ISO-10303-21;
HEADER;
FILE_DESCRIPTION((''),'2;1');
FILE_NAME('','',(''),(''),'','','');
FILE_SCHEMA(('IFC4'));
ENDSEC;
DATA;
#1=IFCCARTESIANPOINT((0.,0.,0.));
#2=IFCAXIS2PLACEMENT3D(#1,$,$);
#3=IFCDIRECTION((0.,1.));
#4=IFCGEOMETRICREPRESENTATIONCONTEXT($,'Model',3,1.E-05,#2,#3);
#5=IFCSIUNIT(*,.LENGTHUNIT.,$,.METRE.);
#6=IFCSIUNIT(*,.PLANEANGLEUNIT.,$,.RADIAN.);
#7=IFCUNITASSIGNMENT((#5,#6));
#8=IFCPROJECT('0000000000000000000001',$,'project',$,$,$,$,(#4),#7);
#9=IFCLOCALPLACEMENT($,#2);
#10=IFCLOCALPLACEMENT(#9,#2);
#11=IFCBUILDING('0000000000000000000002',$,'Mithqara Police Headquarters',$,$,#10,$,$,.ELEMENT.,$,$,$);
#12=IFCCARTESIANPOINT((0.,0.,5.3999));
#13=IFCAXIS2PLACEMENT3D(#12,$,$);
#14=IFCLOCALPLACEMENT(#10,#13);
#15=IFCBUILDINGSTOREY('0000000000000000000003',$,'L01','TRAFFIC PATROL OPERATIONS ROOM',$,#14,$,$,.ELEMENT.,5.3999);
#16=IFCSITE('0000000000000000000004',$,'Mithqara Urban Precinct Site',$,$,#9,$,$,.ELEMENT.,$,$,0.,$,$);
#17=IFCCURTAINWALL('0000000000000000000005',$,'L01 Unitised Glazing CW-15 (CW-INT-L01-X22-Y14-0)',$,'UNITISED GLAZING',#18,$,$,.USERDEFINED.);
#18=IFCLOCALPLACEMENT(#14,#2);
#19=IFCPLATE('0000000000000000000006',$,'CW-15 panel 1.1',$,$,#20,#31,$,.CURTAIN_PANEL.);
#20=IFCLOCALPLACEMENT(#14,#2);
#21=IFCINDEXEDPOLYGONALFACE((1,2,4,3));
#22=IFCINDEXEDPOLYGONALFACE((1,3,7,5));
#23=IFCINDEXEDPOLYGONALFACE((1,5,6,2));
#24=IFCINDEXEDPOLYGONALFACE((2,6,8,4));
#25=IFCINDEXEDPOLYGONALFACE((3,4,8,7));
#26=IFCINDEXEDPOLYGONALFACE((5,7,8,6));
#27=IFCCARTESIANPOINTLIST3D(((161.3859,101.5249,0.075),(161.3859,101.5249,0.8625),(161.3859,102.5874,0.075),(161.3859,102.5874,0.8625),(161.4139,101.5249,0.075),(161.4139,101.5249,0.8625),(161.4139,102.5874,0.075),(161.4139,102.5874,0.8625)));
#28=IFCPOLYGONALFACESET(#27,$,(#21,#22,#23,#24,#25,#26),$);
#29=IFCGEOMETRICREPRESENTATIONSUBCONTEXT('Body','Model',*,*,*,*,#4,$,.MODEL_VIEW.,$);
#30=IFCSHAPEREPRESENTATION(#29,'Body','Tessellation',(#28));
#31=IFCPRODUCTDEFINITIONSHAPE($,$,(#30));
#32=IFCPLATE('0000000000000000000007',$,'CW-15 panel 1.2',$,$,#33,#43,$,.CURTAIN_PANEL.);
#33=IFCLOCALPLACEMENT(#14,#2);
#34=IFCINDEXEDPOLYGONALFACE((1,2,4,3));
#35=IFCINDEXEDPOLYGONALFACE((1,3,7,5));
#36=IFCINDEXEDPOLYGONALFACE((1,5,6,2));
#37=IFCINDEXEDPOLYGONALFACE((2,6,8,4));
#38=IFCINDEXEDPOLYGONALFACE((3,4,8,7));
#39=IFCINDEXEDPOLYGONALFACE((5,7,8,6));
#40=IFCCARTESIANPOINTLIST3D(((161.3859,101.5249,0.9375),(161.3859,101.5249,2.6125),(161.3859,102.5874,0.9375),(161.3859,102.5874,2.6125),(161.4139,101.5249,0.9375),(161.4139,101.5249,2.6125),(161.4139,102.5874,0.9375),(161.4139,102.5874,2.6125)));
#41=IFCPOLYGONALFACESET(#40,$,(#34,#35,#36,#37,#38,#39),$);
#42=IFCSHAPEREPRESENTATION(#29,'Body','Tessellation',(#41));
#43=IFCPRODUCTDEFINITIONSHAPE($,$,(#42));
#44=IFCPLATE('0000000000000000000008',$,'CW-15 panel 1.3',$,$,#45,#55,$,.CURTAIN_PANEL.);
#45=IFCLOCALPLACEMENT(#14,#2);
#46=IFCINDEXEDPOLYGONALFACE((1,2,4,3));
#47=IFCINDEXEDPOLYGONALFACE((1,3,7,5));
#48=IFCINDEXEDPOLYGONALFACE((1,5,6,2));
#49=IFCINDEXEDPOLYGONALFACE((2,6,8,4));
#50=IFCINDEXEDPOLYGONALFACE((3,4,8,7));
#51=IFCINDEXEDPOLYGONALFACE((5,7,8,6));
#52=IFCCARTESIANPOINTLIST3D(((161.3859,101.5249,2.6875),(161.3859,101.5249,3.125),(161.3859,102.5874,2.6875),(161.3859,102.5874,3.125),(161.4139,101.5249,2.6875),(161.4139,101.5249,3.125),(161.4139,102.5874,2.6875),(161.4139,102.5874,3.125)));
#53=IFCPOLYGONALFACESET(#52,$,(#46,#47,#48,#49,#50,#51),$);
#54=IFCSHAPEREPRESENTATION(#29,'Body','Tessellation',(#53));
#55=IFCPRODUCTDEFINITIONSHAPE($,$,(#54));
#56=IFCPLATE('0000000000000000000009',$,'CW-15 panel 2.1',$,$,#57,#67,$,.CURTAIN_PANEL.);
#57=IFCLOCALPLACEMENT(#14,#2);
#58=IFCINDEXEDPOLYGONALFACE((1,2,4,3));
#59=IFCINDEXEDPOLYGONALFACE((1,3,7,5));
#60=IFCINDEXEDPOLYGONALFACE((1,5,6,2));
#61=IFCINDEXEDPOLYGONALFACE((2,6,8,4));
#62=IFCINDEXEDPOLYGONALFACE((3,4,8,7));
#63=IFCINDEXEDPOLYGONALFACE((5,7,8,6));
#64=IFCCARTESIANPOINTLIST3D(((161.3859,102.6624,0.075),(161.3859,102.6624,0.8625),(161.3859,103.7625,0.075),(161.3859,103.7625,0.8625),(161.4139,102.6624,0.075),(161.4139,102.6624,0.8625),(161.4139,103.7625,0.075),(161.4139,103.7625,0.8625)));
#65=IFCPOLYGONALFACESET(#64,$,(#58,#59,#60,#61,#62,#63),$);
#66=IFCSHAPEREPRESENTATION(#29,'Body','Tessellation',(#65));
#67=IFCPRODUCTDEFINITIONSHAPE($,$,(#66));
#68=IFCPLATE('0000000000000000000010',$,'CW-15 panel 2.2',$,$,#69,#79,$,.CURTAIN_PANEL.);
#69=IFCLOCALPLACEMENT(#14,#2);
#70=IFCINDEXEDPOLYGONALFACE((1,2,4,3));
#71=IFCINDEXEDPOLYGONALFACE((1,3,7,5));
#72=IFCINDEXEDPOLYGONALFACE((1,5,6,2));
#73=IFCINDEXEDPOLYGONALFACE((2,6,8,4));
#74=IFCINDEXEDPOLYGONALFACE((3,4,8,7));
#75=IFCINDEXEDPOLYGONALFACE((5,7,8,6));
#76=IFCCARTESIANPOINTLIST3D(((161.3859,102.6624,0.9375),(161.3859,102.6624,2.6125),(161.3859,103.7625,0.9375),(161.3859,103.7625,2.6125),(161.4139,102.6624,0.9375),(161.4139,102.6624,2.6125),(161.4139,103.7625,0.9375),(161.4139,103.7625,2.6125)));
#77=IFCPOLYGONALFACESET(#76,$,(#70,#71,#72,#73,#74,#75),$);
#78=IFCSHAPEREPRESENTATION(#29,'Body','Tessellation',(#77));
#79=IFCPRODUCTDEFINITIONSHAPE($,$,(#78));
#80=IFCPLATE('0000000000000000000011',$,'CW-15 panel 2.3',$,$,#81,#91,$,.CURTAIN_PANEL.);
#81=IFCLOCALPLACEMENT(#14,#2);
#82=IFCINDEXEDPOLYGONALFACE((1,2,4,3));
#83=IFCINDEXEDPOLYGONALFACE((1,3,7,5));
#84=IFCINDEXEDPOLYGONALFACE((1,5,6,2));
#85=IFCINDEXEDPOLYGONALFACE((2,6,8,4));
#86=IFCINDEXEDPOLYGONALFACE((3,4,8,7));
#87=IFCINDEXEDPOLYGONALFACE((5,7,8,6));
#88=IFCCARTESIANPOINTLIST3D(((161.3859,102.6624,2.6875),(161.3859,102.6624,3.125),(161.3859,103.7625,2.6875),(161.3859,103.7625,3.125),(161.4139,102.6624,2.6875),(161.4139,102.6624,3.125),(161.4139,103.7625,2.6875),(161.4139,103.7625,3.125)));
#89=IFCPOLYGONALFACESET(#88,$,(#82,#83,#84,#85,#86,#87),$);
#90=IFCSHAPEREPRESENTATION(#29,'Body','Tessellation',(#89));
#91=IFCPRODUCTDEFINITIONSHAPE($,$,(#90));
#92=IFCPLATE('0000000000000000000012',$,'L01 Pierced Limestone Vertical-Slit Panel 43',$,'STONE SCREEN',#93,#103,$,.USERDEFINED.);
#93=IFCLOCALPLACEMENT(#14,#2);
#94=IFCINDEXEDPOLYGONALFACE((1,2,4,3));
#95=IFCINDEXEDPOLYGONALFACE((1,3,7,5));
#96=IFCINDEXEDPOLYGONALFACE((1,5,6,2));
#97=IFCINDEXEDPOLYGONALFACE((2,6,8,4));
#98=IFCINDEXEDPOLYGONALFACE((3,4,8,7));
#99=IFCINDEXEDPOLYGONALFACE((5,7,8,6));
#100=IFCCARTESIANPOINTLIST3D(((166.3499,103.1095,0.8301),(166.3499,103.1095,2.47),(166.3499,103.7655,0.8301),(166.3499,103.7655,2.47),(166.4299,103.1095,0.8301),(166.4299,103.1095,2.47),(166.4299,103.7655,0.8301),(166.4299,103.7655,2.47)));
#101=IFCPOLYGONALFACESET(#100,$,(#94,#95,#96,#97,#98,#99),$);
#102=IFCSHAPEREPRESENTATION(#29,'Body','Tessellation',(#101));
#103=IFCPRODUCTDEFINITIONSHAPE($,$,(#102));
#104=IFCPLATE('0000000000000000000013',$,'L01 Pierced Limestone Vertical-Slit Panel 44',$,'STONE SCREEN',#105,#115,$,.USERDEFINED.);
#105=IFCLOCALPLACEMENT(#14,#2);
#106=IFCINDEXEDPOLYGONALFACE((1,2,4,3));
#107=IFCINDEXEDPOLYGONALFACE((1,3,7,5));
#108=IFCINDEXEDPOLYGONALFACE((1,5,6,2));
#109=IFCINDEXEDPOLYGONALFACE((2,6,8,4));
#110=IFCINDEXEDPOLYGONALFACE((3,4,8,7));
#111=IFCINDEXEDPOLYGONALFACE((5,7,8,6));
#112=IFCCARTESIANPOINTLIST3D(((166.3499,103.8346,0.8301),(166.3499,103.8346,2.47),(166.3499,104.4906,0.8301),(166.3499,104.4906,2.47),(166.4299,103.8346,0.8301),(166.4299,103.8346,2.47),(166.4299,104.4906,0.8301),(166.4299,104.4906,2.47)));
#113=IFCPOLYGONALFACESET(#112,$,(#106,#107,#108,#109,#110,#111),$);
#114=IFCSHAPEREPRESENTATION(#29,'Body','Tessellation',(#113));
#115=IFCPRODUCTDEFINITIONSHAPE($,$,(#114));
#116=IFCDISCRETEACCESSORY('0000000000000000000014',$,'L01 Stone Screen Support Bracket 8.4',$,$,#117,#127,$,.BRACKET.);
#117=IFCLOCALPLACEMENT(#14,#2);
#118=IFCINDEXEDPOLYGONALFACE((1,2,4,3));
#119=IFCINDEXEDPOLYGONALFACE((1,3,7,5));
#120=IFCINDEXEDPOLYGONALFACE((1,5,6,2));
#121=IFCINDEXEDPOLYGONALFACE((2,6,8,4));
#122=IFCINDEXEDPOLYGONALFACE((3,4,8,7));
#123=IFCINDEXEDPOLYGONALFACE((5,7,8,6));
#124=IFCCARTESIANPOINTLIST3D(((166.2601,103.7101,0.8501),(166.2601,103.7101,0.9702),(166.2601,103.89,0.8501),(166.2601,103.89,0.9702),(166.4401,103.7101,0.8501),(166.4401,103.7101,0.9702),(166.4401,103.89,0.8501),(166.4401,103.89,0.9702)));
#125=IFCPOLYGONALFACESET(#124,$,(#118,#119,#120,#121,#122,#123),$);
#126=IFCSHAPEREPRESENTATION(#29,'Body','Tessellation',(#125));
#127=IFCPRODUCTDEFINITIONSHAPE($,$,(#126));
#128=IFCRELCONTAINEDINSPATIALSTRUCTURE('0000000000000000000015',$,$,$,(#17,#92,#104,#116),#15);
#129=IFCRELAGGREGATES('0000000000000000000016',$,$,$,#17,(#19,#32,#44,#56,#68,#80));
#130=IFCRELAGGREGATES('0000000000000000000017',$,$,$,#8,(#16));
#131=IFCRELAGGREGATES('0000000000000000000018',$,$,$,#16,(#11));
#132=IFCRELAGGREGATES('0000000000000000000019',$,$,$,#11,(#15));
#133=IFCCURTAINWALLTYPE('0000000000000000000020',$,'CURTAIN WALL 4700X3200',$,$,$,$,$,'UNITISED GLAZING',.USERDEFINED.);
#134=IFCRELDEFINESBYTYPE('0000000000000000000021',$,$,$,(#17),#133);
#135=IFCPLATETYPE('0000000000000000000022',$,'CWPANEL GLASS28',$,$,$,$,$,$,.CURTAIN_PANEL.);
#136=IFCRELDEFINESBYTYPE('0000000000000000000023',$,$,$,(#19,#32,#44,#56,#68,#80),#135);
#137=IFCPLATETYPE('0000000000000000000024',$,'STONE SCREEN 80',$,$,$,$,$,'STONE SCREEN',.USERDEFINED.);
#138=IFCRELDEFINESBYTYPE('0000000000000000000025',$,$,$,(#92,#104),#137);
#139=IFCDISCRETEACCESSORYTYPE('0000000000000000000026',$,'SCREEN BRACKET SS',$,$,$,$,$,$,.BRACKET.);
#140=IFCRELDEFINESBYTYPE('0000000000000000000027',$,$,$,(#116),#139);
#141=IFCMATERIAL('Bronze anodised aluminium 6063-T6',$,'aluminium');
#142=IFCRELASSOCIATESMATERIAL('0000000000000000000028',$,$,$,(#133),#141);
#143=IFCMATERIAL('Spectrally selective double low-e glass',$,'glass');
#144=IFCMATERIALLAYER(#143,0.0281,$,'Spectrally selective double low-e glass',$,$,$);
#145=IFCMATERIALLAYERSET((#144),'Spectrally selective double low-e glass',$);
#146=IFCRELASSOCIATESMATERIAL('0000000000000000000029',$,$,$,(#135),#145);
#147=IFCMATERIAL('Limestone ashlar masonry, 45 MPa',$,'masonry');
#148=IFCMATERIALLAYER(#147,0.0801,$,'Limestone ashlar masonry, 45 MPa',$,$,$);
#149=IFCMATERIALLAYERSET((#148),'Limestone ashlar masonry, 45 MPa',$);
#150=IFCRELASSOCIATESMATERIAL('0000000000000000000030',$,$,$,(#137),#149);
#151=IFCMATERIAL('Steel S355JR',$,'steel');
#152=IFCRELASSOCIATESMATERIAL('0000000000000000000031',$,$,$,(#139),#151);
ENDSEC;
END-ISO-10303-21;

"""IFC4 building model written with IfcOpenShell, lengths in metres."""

from ifc_helpers import new_model, si_unit, direction, frame, origin, origin_2d, place, context, subcontext, project, spatial, rectangle, extrude, material, layer, layer_set, type_object, element, aggregate, save


model = new_model("IFC4")

# Units and contexts
model_context = context("Model", 3, precision=1e-05, world=origin(), true_north=direction((0.0, 1.0)))
body_context = subcontext(model_context, "Body", "Model", "MODEL_VIEW")
ifc_project = project(units=[si_unit("LENGTHUNIT", "METRE"), si_unit("PLANEANGLEUNIT", "RADIAN")], contexts=[model_context])

# Site, building, storey
site_placement = place(None, origin())
site = spatial("IfcSite", under=ifc_project, at=site_placement, Name="Mithqara Urban Precinct Site", CompositionType="ELEMENT", RefElevation=0.0)
building_placement = place(site_placement, origin())
building = spatial("IfcBuilding", under=site, at=building_placement, Name="Mithqara Police Headquarters", CompositionType="ELEMENT")
storey_placement = place(building_placement, frame((0.0, 0.0, 5.3999)))
storey = spatial("IfcBuildingStorey", under=building, at=storey_placement, Name="L01", Description="TRAFFIC PATROL OPERATIONS ROOM", CompositionType="ELEMENT", Elevation=5.3999)

# Curtain wall, plates
ifc_material_1 = material(Name="Bronze anodised aluminium 6063-T6", Category="aluminium")
curtain_wall_type = type_object("IfcCurtainWallType", Name="CURTAIN WALL 4700X3200", ElementType="UNITISED GLAZING", PredefinedType="USERDEFINED", material=ifc_material_1)
curtain_wall_placement = place(storey_placement, origin())
curtain_wall = element("IfcCurtainWall", 1, at=curtain_wall_placement, inside=storey, type_object=curtain_wall_type, Name="L01 Unitised Glazing CW-15 (CW-INT-L01-X22-Y14-0)", ObjectType="UNITISED GLAZING", PredefinedType="USERDEFINED")
ifc_material_2 = material(Name="Spectrally selective double low-e glass", Category="glass")
ifc_layer_1 = layer(ifc_material_2, 0.0281, Name="Spectrally selective double low-e glass")
ifc_layer_set_1 = layer_set([ifc_layer_1], Name="Spectrally selective double low-e glass")
plate_type_1 = type_object("IfcPlateType", Name="CWPANEL GLASS28", PredefinedType="CURTAIN_PANEL", material=ifc_layer_set_1)
plate_1_placement = place(storey_placement, frame((161.3999, 102.0562, 0.075), z_axis=(0.0, 0.0, 1.0), x_axis=(0.0, 1.0, 0.0)))
plate_1 = element("IfcPlate", 2, at=plate_1_placement, type_object=plate_type_1, Name="CW-15 panel 1.1", PredefinedType="CURTAIN_PANEL", context=body_context, shape_type="SweptSolid", body=[
    extrude(rectangle(XDim=1.0625, YDim=0.0281, at=origin_2d()), origin(), (0.0, 0.0, 1.0), 0.7876),
])
plate_2_placement = place(storey_placement, frame((161.3999, 102.0562, 0.9375), z_axis=(0.0, 0.0, 1.0), x_axis=(0.0, 1.0, 0.0)))
plate_2 = element("IfcPlate", 3, at=plate_2_placement, type_object=plate_type_1, Name="CW-15 panel 1.2", PredefinedType="CURTAIN_PANEL", context=body_context, shape_type="SweptSolid", body=[
    extrude(rectangle(XDim=1.0625, YDim=0.0281, at=origin_2d()), origin(), (0.0, 0.0, 1.0), 1.675),
])
plate_3_placement = place(storey_placement, frame((161.3999, 102.0562, 2.6875), z_axis=(0.0, 0.0, 1.0), x_axis=(0.0, 1.0, 0.0)))
plate_3 = element("IfcPlate", 4, at=plate_3_placement, type_object=plate_type_1, Name="CW-15 panel 1.3", PredefinedType="CURTAIN_PANEL", context=body_context, shape_type="SweptSolid", body=[
    extrude(rectangle(XDim=1.0625, YDim=0.0281, at=origin_2d()), origin(), (0.0, 0.0, 1.0), 0.4375),
])
plate_4_placement = place(storey_placement, frame((161.3999, 103.2124, 0.075), z_axis=(0.0, 0.0, 1.0), x_axis=(0.0, 1.0, 0.0)))
plate_4 = element("IfcPlate", 5, at=plate_4_placement, type_object=plate_type_1, Name="CW-15 panel 2.1", PredefinedType="CURTAIN_PANEL", context=body_context, shape_type="SweptSolid", body=[
    extrude(rectangle(XDim=1.1001, YDim=0.0281, at=origin_2d()), origin(), (0.0, 0.0, 1.0), 0.7876),
])
plate_5_placement = place(storey_placement, frame((161.3999, 103.2124, 0.9375), z_axis=(0.0, 0.0, 1.0), x_axis=(0.0, 1.0, 0.0)))
plate_5 = element("IfcPlate", 6, at=plate_5_placement, type_object=plate_type_1, Name="CW-15 panel 2.2", PredefinedType="CURTAIN_PANEL", context=body_context, shape_type="SweptSolid", body=[
    extrude(rectangle(XDim=1.1001, YDim=0.0281, at=origin_2d()), origin(), (0.0, 0.0, 1.0), 1.675),
])
plate_6_placement = place(storey_placement, frame((161.3999, 103.2124, 2.6875), z_axis=(0.0, 0.0, 1.0), x_axis=(0.0, 1.0, 0.0)))
plate_6 = element("IfcPlate", 7, at=plate_6_placement, type_object=plate_type_1, Name="CW-15 panel 2.3", PredefinedType="CURTAIN_PANEL", context=body_context, shape_type="SweptSolid", body=[
    extrude(rectangle(XDim=1.1001, YDim=0.0281, at=origin_2d()), origin(), (0.0, 0.0, 1.0), 0.4375),
])
aggregate(curtain_wall, [plate_1, plate_2, plate_3, plate_4, plate_5, plate_6])

# Plates
ifc_material_3 = material(Name="Limestone ashlar masonry, 45 MPa", Category="masonry")
ifc_layer_2 = layer(ifc_material_3, 0.0801, Name="Limestone ashlar masonry, 45 MPa")
ifc_layer_set_2 = layer_set([ifc_layer_2], Name="Limestone ashlar masonry, 45 MPa")
plate_type_2 = type_object("IfcPlateType", Name="STONE SCREEN 80", ElementType="STONE SCREEN", PredefinedType="USERDEFINED", material=ifc_layer_set_2)
for number, where, z_axis, x_axis, name in (
    (8, (166.3899, 103.4375, 0.8301), (0.0, 0.0, 1.0), (0.0, 1.0, 0.0), "L01 Pierced Limestone Vertical-Slit Panel 43"),
    (9, (166.3899, 104.1626, 0.8301), (0.0, 0.0, 1.0), (0.0, 1.0, 0.0), "L01 Pierced Limestone Vertical-Slit Panel 44"),
):
    element("IfcPlate", number, at=place(storey_placement, frame(where, z_axis=z_axis, x_axis=x_axis)), inside=storey, type_object=plate_type_2, Name=name, ObjectType="STONE SCREEN", PredefinedType="USERDEFINED", context=body_context, shape_type="SweptSolid", body=[
        extrude(rectangle(XDim=0.656, YDim=0.0801, at=origin_2d()), origin(), (0.0, 0.0, 1.0), 1.6399),
    ])

# Discrete accessory
ifc_material_4 = material(Name="Steel S355JR", Category="steel")
discrete_accessory_type = type_object("IfcDiscreteAccessoryType", Name="SCREEN BRACKET SS", PredefinedType="BRACKET", material=ifc_material_4)
discrete_accessory_placement = place(storey_placement, frame((166.3501, 103.8, 0.8501), z_axis=(0.0, 0.0, 1.0), x_axis=(0.0, 1.0, 0.0)))
element("IfcDiscreteAccessory", 10, at=discrete_accessory_placement, inside=storey, type_object=discrete_accessory_type, Name="L01 Stone Screen Support Bracket 8.4", PredefinedType="BRACKET", context=body_context, shape_type="SweptSolid", body=[
    extrude(rectangle(XDim=0.1799, YDim=0.1799, at=origin_2d()), origin(), (0.0, 0.0, 1.0), 0.1201),
])

save(model, "model.ifc")
